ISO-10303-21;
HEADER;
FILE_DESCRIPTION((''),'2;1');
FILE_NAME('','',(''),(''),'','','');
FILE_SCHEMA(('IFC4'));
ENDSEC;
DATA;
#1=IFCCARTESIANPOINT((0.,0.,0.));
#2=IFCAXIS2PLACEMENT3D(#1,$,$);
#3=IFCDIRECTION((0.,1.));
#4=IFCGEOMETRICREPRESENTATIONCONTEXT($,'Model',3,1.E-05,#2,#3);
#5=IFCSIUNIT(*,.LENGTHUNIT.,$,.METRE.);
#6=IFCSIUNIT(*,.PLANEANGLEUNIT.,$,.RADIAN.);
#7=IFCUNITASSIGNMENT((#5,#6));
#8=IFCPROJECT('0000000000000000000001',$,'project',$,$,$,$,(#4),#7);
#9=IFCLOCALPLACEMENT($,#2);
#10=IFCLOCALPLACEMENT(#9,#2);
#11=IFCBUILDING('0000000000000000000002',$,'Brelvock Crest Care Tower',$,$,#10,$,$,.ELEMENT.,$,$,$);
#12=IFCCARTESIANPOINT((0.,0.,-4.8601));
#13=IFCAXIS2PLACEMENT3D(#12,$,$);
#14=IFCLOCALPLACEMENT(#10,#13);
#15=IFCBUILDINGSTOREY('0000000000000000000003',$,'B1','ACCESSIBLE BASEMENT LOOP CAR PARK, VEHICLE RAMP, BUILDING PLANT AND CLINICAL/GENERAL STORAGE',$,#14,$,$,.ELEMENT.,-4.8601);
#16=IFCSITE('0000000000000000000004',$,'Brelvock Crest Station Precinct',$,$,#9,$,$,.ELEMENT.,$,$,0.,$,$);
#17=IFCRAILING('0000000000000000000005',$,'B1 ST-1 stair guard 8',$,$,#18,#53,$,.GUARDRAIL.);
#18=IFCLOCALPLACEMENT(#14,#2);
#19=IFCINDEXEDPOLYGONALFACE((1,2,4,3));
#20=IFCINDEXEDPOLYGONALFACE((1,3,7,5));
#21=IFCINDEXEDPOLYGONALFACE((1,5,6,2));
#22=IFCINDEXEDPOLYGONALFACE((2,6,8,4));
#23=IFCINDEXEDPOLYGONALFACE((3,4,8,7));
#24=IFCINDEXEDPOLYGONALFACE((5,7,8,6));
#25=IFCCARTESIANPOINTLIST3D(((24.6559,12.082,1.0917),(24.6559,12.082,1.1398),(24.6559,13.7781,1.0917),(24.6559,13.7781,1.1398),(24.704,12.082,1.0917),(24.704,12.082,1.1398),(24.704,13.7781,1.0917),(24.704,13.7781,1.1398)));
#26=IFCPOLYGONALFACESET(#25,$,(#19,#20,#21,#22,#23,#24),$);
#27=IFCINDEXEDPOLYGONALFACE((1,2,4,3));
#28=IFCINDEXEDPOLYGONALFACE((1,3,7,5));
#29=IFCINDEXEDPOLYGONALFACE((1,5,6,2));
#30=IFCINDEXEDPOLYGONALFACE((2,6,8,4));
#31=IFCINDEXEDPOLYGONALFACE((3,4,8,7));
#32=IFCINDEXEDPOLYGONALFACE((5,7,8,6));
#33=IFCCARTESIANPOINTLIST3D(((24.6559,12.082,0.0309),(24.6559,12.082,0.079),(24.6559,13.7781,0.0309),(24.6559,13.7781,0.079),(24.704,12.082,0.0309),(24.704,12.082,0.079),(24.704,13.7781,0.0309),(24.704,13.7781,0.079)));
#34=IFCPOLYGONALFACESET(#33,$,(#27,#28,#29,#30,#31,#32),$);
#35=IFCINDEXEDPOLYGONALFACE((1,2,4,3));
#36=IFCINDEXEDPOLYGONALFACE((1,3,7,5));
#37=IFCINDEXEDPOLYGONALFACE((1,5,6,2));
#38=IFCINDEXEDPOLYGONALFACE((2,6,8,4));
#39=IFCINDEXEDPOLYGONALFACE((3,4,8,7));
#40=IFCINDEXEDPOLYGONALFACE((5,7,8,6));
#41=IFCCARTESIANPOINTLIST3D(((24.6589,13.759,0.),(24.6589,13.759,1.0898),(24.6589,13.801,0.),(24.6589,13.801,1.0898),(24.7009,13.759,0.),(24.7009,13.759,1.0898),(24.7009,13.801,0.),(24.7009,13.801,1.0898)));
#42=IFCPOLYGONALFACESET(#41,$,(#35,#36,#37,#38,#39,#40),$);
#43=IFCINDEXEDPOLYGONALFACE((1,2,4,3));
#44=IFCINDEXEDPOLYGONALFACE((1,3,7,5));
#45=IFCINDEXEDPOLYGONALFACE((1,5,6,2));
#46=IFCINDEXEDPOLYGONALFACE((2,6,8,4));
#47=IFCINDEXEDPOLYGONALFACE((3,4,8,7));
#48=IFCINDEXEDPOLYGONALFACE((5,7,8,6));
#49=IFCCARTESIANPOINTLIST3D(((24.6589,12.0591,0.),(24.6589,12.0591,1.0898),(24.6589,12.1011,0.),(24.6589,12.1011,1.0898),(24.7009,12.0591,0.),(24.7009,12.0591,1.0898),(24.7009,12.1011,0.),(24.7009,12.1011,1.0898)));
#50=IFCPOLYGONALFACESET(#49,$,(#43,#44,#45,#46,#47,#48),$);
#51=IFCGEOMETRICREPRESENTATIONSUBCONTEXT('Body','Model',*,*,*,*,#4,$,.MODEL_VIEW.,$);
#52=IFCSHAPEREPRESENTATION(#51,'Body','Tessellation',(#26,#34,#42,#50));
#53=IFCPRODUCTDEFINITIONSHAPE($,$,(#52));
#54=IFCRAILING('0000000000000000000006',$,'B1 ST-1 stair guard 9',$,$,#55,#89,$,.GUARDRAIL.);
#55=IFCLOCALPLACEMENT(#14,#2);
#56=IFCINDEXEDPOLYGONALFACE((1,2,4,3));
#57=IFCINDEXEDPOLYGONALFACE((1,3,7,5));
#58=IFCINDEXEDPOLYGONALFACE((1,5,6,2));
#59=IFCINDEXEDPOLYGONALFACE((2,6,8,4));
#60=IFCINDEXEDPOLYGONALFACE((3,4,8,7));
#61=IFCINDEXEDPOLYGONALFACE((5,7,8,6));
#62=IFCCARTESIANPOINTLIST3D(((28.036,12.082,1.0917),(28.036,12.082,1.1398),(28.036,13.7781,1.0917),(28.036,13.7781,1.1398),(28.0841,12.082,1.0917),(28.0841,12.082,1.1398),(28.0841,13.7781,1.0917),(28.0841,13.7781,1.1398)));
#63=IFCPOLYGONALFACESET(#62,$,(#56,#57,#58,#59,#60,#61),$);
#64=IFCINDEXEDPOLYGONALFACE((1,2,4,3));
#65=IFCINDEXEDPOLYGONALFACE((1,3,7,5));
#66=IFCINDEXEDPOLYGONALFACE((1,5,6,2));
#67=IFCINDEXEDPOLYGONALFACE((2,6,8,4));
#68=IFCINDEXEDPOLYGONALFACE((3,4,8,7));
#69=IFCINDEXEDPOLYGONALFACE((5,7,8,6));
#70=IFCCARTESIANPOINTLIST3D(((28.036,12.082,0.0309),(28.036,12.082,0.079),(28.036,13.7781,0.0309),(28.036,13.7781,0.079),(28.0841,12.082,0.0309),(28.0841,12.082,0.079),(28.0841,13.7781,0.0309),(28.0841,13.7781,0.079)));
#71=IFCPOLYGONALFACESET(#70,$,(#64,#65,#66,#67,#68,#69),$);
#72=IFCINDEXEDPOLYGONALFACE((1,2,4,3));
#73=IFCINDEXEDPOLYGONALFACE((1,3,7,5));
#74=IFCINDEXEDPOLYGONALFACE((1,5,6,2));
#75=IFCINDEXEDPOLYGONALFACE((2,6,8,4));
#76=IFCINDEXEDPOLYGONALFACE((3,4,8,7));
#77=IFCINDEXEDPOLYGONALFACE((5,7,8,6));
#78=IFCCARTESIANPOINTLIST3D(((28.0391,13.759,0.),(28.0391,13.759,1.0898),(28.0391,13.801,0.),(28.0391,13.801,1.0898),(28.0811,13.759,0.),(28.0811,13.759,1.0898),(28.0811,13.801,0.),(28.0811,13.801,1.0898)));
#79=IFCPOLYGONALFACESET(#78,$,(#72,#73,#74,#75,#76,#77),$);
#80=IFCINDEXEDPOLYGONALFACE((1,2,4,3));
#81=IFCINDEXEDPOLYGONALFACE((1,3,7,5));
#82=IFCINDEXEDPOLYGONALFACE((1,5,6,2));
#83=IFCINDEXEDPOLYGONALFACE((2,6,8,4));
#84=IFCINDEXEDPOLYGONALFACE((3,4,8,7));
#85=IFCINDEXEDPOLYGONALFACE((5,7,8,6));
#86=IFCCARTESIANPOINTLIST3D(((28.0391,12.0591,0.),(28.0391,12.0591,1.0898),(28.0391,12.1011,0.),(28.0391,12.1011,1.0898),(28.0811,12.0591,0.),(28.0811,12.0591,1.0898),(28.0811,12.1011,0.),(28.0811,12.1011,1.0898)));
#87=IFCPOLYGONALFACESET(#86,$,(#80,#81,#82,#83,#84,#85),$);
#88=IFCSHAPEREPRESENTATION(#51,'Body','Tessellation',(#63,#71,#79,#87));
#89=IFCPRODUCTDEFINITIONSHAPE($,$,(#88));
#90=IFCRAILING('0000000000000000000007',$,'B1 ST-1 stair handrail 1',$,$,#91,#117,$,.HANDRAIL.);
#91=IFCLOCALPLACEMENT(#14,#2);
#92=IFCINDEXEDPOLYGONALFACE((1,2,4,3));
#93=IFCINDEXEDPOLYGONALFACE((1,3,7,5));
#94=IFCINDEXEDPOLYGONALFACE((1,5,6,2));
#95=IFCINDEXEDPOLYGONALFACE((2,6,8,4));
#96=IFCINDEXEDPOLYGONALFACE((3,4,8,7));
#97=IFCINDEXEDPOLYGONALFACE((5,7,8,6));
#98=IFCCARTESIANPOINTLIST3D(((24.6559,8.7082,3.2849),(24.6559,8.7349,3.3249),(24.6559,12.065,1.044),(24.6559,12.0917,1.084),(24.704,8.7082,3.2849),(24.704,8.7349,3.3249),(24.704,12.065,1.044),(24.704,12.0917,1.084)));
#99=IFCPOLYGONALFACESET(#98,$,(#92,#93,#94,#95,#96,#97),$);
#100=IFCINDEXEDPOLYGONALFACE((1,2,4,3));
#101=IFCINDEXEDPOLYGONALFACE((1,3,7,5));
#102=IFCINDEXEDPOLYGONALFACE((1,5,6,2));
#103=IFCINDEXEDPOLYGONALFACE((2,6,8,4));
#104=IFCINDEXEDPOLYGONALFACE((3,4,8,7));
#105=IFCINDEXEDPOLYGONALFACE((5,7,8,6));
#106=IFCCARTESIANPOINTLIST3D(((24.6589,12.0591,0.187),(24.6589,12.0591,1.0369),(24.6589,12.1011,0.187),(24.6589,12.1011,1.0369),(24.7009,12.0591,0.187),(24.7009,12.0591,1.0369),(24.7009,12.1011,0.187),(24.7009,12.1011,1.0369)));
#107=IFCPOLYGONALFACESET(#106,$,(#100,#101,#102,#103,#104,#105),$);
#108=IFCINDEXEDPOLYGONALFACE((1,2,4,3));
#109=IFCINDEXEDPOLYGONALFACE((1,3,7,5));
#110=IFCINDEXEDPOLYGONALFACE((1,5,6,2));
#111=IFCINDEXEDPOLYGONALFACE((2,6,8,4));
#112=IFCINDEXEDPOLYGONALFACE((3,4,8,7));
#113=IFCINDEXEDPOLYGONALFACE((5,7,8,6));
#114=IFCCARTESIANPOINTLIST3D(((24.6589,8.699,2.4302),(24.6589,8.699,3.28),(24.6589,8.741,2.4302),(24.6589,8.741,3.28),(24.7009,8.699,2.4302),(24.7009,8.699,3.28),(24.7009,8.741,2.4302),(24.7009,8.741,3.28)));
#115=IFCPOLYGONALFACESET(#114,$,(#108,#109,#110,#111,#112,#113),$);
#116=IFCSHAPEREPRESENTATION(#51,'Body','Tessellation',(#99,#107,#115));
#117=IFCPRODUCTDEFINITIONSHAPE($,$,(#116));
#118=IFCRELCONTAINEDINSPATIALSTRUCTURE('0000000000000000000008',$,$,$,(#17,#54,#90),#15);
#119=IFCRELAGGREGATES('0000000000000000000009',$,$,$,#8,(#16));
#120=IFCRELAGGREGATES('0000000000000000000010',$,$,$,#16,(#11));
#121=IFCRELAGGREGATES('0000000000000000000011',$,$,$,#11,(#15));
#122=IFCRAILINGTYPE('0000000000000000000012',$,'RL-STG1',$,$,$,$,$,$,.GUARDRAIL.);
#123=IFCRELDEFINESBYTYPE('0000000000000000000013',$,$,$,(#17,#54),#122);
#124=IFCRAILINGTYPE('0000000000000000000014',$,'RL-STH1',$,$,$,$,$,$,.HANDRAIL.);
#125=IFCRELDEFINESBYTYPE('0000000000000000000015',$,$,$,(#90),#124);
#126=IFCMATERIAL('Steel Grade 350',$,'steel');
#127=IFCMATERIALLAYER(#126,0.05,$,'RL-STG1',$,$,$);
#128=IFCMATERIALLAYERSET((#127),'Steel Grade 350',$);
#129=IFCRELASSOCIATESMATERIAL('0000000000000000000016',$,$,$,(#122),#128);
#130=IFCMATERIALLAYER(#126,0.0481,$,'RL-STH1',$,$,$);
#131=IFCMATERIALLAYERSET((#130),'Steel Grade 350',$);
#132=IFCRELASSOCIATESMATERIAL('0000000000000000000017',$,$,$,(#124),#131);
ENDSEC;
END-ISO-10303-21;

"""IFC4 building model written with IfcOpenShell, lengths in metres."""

from ifc_helpers import new_model, si_unit, direction, frame, origin, origin_2d, place, context, subcontext, project, spatial, rectangle, extrude, material, layer, layer_set, type_object, element, save


model = new_model("IFC4")

# Units and contexts
model_context = context("Model", 3, precision=1e-05, world=origin(), true_north=direction((0.0, 1.0)))
body_context = subcontext(model_context, "Body", "Model", "MODEL_VIEW")
ifc_project = project(units=[si_unit("LENGTHUNIT", "METRE"), si_unit("PLANEANGLEUNIT", "RADIAN")], contexts=[model_context])

# Site, building, storey
site_placement = place(None, origin())
site = spatial("IfcSite", under=ifc_project, at=site_placement, Name="Brelvock Crest Station Precinct", CompositionType="ELEMENT", RefElevation=0.0)
building_placement = place(site_placement, origin())
building = spatial("IfcBuilding", under=site, at=building_placement, Name="Brelvock Crest Care Tower", CompositionType="ELEMENT")
storey_placement = place(building_placement, frame((0.0, 0.0, -4.8601)))
storey = spatial("IfcBuildingStorey", under=building, at=storey_placement, Name="B1", Description="ACCESSIBLE BASEMENT LOOP CAR PARK, VEHICLE RAMP, BUILDING PLANT AND CLINICAL/GENERAL STORAGE", CompositionType="ELEMENT", Elevation=-4.8601)

# Shared definitions
ifc_material_1 = material(Name="Steel Grade 350", Category="steel")

# Railings
ifc_layer_1 = layer(ifc_material_1, 0.05, Name="RL-STG1")
ifc_layer_set_1 = layer_set([ifc_layer_1], Name="Steel Grade 350")
railing_type_1 = type_object("IfcRailingType", Name="RL-STG1", PredefinedType="GUARDRAIL", material=ifc_layer_set_1)
for number, where, name in (
    (1, (24.6799, 13.78, 0.0), "B1 ST-1 stair guard 8"),
    (2, (28.0601, 13.78, 0.0), "B1 ST-1 stair guard 9"),
):
    element("IfcRailing", number, at=place(storey_placement, frame(where)), inside=storey, type_object=railing_type_1, Name=name, PredefinedType="GUARDRAIL", context=body_context, shape_type="SweptSolid", body=[
        extrude(rectangle(XDim=0.0481, YDim=0.0481, at=origin_2d()), frame((0.0, -0.002, 1.1157), z_axis=(0.0, -1.0, 0.0), x_axis=(1.0, 0.0, 0.0)), (0.0, 0.0, 1.0), 1.696),
        extrude(rectangle(XDim=0.0481, YDim=0.0481, at=origin_2d()), frame((0.0, -0.002, 0.0549), z_axis=(0.0, -1.0, 0.0), x_axis=(1.0, 0.0, 0.0)), (0.0, 0.0, 1.0), 1.696),
        extrude(rectangle(XDim=0.042, YDim=0.042, at=origin_2d()), origin(), (0.0, 0.0, 1.0), 1.0898),
        extrude(rectangle(XDim=0.042, YDim=0.042, at=origin_2d()), frame((0.0, -1.7, 0.0)), (0.0, 0.0, 1.0), 1.0898),
    ])
ifc_layer_2 = layer(ifc_material_1, 0.0481, Name="RL-STH1")
ifc_layer_set_2 = layer_set([ifc_layer_2], Name="Steel Grade 350")
railing_type_2 = type_object("IfcRailingType", Name="RL-STH1", PredefinedType="HANDRAIL", material=ifc_layer_set_2)
railing_1_placement = place(storey_placement, frame((24.6799, 12.0801, 0.187)))
element("IfcRailing", 3, at=railing_1_placement, inside=storey, type_object=railing_type_2, Name="B1 ST-1 stair handrail 1", PredefinedType="HANDRAIL", context=body_context, shape_type="SweptSolid", body=[
    extrude(rectangle(XDim=0.0481, YDim=0.0481, at=origin_2d()), frame((0.0, -0.0017, 0.877), z_axis=(0.0, -0.831697, 0.55523), x_axis=(1.0, 0.0, 0.0)), (0.0, 0.0, 1.0), 4.0361),
    extrude(rectangle(XDim=0.042, YDim=0.042, at=origin_2d()), origin(), (0.0, 0.0, 1.0), 0.8499),
    extrude(rectangle(XDim=0.042, YDim=0.042, at=origin_2d()), frame((0.0, -3.3601, 2.2432)), (0.0, 0.0, 1.0), 0.8499),
])

save(model, "model.ifc")
